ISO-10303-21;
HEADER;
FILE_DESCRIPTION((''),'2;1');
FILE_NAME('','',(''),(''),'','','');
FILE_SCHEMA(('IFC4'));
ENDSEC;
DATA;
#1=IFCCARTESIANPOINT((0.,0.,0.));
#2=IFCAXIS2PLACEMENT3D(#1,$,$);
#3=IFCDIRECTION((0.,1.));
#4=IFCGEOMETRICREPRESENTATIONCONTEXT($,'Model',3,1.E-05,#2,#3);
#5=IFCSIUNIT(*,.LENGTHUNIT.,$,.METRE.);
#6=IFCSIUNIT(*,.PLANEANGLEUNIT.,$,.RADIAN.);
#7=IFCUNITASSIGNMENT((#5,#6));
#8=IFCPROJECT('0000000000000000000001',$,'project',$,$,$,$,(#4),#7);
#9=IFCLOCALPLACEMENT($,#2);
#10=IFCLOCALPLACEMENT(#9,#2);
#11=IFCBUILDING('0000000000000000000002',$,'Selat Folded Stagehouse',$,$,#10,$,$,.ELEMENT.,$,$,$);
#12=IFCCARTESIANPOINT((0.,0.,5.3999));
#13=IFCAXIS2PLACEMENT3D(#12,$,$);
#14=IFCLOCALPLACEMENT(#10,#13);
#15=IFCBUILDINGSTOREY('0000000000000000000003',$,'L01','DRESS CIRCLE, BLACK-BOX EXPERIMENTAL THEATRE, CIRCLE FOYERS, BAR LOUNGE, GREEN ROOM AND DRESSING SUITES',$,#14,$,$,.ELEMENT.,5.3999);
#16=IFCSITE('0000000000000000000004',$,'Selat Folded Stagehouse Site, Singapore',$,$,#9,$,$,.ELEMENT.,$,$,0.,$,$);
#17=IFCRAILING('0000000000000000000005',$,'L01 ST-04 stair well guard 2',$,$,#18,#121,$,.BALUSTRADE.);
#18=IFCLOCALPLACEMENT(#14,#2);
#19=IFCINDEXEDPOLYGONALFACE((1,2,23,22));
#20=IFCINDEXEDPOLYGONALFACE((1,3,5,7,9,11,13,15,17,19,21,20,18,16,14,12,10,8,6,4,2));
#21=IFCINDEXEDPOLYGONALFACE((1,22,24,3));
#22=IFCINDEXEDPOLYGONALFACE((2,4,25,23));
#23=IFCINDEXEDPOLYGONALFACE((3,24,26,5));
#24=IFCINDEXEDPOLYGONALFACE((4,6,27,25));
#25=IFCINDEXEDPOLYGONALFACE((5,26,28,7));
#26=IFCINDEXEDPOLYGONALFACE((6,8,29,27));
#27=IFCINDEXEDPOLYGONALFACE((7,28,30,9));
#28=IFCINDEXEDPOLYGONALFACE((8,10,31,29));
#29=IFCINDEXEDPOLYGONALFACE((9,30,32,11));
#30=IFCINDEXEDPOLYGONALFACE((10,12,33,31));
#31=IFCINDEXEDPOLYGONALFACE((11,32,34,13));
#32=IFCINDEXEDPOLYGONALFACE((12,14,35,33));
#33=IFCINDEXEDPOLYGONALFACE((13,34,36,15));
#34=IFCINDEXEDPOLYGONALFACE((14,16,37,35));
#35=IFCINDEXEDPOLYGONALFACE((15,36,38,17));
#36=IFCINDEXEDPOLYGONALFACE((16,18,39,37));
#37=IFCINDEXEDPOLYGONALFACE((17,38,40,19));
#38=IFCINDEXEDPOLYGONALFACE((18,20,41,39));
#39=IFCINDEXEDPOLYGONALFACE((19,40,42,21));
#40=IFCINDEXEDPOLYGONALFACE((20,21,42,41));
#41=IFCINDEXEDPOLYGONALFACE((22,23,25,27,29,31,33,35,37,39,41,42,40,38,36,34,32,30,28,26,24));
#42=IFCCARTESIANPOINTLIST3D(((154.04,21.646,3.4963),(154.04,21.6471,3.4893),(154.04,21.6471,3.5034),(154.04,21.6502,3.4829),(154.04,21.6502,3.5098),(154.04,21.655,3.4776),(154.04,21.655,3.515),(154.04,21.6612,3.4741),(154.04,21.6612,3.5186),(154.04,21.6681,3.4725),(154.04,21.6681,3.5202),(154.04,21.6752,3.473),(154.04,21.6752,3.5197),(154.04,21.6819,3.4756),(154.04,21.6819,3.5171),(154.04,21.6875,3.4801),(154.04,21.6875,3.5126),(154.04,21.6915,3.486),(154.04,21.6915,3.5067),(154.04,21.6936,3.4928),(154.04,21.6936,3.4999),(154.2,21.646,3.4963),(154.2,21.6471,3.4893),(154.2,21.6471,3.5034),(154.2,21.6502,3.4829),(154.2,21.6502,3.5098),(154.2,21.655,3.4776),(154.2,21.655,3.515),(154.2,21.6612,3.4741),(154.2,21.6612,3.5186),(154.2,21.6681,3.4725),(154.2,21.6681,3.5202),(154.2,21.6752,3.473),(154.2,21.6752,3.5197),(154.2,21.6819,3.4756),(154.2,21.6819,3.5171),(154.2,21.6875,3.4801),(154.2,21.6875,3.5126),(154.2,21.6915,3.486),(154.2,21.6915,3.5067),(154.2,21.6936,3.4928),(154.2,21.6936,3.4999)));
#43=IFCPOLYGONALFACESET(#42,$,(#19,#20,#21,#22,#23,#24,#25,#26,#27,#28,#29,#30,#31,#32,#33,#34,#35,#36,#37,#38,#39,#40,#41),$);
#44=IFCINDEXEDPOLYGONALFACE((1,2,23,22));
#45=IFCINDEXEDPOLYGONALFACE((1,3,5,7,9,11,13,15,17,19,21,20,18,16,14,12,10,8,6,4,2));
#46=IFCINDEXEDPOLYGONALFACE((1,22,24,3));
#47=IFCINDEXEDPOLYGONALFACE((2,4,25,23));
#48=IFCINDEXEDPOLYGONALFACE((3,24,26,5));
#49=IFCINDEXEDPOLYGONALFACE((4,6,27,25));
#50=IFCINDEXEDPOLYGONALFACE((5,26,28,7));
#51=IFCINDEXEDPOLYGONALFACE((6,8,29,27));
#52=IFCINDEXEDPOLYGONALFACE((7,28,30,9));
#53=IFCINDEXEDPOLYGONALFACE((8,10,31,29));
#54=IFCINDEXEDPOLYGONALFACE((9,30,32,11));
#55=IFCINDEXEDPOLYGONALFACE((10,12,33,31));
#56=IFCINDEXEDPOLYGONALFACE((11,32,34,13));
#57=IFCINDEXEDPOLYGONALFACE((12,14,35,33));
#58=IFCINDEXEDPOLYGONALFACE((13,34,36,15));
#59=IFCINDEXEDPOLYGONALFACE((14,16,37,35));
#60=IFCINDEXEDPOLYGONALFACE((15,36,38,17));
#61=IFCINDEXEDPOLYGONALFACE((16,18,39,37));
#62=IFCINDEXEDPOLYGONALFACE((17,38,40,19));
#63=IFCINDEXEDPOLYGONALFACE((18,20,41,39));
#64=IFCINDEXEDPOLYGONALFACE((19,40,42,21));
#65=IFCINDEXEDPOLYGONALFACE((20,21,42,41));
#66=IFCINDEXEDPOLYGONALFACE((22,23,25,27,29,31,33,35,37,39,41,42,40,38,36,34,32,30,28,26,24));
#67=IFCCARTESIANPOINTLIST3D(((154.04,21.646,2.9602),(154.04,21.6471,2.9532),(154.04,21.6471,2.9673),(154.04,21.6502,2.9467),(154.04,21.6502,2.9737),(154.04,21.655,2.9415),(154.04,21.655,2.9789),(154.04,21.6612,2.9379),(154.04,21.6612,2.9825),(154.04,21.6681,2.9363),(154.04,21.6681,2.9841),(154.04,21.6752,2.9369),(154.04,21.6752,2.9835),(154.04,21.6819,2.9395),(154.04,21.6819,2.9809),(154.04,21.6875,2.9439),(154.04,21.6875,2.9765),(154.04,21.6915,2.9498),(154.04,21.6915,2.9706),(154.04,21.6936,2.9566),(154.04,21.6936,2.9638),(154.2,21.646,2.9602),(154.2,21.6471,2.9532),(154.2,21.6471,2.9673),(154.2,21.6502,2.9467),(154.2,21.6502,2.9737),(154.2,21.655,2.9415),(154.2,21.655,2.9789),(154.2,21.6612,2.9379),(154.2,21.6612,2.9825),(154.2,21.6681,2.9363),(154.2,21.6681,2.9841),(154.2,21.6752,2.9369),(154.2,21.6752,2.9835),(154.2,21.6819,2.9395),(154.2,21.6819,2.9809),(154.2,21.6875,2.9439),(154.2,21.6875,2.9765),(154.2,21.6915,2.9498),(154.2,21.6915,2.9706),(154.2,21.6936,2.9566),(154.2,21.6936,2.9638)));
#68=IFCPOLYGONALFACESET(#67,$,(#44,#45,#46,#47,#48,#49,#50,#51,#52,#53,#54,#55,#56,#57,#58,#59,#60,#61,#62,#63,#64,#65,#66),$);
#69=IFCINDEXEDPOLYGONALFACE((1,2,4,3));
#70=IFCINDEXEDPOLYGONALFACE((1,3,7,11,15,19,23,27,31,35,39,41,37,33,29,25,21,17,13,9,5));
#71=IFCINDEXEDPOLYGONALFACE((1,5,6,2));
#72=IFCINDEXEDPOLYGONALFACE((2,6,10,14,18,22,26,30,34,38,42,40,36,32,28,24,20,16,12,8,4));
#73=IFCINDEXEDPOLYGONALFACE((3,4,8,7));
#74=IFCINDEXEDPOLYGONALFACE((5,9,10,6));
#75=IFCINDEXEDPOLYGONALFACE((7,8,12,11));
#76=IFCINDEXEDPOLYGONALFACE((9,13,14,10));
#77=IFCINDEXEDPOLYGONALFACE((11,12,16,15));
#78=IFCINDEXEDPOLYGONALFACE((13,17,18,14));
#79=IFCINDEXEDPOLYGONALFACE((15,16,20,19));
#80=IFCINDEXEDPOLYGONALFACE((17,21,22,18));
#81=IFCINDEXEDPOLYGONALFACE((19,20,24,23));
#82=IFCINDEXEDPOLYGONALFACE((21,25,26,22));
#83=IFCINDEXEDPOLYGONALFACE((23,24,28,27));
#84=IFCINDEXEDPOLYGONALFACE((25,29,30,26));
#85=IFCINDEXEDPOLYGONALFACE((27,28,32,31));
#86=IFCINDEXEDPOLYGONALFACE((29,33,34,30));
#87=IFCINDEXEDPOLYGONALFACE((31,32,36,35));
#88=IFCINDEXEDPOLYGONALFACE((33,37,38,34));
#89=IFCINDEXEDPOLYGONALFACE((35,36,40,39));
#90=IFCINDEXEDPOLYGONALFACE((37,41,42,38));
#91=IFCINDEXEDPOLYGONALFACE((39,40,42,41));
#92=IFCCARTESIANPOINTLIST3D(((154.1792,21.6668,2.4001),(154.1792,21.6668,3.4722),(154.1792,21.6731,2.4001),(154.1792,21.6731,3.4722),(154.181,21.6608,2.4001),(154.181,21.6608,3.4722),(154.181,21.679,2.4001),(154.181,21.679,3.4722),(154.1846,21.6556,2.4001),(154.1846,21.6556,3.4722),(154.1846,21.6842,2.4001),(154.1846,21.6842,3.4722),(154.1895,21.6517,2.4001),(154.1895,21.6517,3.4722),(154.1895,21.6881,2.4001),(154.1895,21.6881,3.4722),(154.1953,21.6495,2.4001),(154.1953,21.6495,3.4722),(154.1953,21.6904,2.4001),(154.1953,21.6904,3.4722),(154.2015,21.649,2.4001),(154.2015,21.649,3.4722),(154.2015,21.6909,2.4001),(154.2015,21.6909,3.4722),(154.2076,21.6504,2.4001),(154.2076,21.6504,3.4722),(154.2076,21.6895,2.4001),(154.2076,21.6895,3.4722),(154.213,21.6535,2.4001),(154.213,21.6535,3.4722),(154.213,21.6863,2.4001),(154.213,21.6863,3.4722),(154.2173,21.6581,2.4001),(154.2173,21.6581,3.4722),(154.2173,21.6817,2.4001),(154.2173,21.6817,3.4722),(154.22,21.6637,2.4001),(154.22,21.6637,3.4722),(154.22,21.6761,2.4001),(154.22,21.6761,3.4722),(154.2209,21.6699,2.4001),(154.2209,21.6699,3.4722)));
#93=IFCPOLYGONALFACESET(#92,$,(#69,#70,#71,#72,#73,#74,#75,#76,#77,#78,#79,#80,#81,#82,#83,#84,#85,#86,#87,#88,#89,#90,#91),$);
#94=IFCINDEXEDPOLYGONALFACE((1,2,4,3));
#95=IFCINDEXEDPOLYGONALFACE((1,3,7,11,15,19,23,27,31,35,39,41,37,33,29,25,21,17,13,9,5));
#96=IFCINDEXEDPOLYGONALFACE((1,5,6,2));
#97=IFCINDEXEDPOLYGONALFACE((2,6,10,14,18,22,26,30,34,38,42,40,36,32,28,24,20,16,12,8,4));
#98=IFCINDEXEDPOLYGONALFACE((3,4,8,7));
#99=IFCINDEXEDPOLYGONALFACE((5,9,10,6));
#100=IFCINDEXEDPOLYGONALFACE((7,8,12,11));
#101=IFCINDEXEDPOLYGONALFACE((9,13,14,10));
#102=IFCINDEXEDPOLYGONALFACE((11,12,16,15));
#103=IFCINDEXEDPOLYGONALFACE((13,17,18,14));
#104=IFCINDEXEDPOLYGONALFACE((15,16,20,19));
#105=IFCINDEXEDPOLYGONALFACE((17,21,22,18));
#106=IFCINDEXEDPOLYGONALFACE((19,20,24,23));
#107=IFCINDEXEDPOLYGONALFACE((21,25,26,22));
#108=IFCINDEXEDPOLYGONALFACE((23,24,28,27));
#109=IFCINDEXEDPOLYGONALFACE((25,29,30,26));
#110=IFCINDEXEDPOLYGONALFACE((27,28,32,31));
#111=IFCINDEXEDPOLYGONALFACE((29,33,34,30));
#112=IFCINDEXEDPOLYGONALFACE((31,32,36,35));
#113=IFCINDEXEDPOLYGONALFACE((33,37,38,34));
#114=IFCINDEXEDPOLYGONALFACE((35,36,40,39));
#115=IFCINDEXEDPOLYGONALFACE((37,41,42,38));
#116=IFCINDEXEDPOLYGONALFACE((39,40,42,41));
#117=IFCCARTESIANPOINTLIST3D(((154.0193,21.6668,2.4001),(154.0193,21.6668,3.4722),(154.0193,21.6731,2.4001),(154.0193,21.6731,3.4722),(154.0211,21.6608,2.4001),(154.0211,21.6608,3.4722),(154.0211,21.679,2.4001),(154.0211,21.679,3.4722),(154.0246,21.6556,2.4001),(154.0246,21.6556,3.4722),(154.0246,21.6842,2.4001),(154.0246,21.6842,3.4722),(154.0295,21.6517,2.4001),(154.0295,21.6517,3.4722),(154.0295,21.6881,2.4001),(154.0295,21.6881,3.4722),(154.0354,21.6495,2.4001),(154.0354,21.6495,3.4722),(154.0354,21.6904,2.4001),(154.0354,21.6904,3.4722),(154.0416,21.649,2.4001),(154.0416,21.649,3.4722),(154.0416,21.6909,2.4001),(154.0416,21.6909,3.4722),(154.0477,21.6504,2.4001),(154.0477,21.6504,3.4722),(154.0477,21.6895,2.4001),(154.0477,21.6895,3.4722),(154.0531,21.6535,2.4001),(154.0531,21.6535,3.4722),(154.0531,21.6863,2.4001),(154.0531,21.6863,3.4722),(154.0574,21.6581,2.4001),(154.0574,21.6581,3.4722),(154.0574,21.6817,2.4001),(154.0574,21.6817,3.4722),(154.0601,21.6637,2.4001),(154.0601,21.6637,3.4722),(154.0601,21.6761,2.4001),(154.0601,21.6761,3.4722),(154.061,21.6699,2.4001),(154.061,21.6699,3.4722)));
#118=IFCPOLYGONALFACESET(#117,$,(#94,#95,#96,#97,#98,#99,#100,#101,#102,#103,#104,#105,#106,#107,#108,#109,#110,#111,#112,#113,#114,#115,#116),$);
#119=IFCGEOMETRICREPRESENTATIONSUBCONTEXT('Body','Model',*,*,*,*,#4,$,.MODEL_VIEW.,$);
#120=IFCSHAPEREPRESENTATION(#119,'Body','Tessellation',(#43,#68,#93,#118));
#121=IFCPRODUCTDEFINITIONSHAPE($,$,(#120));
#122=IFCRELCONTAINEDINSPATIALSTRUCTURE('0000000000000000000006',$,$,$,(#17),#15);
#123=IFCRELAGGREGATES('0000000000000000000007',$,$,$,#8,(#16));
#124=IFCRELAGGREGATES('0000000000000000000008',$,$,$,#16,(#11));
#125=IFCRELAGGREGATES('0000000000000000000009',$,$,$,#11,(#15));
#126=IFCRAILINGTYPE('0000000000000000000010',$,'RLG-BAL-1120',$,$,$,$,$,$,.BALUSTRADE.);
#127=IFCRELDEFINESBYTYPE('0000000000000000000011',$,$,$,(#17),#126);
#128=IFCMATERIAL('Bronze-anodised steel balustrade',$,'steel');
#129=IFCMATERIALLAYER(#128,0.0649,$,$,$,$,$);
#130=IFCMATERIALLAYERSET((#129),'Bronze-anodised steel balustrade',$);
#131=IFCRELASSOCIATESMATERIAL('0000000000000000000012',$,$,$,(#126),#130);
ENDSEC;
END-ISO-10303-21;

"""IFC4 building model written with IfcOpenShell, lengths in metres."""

from ifc_helpers import new_model, si_unit, direction, frame, origin, origin_2d, place, context, subcontext, project, spatial, circle, extrude, material, layer, layer_set, type_object, element, save


model = new_model("IFC4")

# Units and contexts
model_context = context("Model", 3, precision=1e-05, world=origin(), true_north=direction((0.0, 1.0)))
body_context = subcontext(model_context, "Body", "Model", "MODEL_VIEW")
ifc_project = project(units=[si_unit("LENGTHUNIT", "METRE"), si_unit("PLANEANGLEUNIT", "RADIAN")], contexts=[model_context])

# Site, building, storey
site_placement = place(None, origin())
site = spatial("IfcSite", under=ifc_project, at=site_placement, Name="Selat Folded Stagehouse Site, Singapore", CompositionType="ELEMENT", RefElevation=0.0)
building_placement = place(site_placement, origin())
building = spatial("IfcBuilding", under=site, at=building_placement, Name="Selat Folded Stagehouse", CompositionType="ELEMENT")
storey_placement = place(building_placement, frame((0.0, 0.0, 5.3999)))
storey = spatial("IfcBuildingStorey", under=building, at=storey_placement, Name="L01", Description="DRESS CIRCLE, BLACK-BOX EXPERIMENTAL THEATRE, CIRCLE FOYERS, BAR LOUNGE, GREEN ROOM AND DRESSING SUITES", CompositionType="ELEMENT", Elevation=5.3999)

# Railing
ifc_material_1 = material(Name="Bronze-anodised steel balustrade", Category="steel")
ifc_layer_1 = layer(ifc_material_1, 0.0649)
ifc_layer_set_1 = layer_set([ifc_layer_1], Name="Bronze-anodised steel balustrade")
railing_type_1 = type_object("IfcRailingType", Name="RLG-BAL-1120", PredefinedType="BALUSTRADE", material=ifc_layer_set_1)
railing_1_placement = place(storey_placement, frame((154.2, 21.6699, 2.4001)))
element("IfcRailing", 1, at=railing_1_placement, inside=storey, type_object=railing_type_1, Name="L01 ST-04 stair well guard 2", PredefinedType="BALUSTRADE", context=body_context, shape_type="SweptSolid", body=[
    extrude(circle(Radius=0.0239, at=origin_2d()), frame((0.0, 0.0, 1.0962), z_axis=(-1.0, 0.0, 0.0), x_axis=(0.0, -1.0, 0.0)), (0.0, 0.0, 1.0), 0.1599),
    extrude(circle(Radius=0.0239, at=origin_2d()), frame((0.0, 0.0, 0.5601), z_axis=(-1.0, 0.0, 0.0), x_axis=(0.0, -1.0, 0.0)), (0.0, 0.0, 1.0), 0.1599),
    extrude(circle(Radius=0.021, at=origin_2d()), origin(), (0.0, 0.0, 1.0), 1.072),
    extrude(circle(Radius=0.021, at=origin_2d()), frame((-0.1599, 0.0, 0.0)), (0.0, 0.0, 1.0), 1.072),
])

save(model, "model.ifc")
